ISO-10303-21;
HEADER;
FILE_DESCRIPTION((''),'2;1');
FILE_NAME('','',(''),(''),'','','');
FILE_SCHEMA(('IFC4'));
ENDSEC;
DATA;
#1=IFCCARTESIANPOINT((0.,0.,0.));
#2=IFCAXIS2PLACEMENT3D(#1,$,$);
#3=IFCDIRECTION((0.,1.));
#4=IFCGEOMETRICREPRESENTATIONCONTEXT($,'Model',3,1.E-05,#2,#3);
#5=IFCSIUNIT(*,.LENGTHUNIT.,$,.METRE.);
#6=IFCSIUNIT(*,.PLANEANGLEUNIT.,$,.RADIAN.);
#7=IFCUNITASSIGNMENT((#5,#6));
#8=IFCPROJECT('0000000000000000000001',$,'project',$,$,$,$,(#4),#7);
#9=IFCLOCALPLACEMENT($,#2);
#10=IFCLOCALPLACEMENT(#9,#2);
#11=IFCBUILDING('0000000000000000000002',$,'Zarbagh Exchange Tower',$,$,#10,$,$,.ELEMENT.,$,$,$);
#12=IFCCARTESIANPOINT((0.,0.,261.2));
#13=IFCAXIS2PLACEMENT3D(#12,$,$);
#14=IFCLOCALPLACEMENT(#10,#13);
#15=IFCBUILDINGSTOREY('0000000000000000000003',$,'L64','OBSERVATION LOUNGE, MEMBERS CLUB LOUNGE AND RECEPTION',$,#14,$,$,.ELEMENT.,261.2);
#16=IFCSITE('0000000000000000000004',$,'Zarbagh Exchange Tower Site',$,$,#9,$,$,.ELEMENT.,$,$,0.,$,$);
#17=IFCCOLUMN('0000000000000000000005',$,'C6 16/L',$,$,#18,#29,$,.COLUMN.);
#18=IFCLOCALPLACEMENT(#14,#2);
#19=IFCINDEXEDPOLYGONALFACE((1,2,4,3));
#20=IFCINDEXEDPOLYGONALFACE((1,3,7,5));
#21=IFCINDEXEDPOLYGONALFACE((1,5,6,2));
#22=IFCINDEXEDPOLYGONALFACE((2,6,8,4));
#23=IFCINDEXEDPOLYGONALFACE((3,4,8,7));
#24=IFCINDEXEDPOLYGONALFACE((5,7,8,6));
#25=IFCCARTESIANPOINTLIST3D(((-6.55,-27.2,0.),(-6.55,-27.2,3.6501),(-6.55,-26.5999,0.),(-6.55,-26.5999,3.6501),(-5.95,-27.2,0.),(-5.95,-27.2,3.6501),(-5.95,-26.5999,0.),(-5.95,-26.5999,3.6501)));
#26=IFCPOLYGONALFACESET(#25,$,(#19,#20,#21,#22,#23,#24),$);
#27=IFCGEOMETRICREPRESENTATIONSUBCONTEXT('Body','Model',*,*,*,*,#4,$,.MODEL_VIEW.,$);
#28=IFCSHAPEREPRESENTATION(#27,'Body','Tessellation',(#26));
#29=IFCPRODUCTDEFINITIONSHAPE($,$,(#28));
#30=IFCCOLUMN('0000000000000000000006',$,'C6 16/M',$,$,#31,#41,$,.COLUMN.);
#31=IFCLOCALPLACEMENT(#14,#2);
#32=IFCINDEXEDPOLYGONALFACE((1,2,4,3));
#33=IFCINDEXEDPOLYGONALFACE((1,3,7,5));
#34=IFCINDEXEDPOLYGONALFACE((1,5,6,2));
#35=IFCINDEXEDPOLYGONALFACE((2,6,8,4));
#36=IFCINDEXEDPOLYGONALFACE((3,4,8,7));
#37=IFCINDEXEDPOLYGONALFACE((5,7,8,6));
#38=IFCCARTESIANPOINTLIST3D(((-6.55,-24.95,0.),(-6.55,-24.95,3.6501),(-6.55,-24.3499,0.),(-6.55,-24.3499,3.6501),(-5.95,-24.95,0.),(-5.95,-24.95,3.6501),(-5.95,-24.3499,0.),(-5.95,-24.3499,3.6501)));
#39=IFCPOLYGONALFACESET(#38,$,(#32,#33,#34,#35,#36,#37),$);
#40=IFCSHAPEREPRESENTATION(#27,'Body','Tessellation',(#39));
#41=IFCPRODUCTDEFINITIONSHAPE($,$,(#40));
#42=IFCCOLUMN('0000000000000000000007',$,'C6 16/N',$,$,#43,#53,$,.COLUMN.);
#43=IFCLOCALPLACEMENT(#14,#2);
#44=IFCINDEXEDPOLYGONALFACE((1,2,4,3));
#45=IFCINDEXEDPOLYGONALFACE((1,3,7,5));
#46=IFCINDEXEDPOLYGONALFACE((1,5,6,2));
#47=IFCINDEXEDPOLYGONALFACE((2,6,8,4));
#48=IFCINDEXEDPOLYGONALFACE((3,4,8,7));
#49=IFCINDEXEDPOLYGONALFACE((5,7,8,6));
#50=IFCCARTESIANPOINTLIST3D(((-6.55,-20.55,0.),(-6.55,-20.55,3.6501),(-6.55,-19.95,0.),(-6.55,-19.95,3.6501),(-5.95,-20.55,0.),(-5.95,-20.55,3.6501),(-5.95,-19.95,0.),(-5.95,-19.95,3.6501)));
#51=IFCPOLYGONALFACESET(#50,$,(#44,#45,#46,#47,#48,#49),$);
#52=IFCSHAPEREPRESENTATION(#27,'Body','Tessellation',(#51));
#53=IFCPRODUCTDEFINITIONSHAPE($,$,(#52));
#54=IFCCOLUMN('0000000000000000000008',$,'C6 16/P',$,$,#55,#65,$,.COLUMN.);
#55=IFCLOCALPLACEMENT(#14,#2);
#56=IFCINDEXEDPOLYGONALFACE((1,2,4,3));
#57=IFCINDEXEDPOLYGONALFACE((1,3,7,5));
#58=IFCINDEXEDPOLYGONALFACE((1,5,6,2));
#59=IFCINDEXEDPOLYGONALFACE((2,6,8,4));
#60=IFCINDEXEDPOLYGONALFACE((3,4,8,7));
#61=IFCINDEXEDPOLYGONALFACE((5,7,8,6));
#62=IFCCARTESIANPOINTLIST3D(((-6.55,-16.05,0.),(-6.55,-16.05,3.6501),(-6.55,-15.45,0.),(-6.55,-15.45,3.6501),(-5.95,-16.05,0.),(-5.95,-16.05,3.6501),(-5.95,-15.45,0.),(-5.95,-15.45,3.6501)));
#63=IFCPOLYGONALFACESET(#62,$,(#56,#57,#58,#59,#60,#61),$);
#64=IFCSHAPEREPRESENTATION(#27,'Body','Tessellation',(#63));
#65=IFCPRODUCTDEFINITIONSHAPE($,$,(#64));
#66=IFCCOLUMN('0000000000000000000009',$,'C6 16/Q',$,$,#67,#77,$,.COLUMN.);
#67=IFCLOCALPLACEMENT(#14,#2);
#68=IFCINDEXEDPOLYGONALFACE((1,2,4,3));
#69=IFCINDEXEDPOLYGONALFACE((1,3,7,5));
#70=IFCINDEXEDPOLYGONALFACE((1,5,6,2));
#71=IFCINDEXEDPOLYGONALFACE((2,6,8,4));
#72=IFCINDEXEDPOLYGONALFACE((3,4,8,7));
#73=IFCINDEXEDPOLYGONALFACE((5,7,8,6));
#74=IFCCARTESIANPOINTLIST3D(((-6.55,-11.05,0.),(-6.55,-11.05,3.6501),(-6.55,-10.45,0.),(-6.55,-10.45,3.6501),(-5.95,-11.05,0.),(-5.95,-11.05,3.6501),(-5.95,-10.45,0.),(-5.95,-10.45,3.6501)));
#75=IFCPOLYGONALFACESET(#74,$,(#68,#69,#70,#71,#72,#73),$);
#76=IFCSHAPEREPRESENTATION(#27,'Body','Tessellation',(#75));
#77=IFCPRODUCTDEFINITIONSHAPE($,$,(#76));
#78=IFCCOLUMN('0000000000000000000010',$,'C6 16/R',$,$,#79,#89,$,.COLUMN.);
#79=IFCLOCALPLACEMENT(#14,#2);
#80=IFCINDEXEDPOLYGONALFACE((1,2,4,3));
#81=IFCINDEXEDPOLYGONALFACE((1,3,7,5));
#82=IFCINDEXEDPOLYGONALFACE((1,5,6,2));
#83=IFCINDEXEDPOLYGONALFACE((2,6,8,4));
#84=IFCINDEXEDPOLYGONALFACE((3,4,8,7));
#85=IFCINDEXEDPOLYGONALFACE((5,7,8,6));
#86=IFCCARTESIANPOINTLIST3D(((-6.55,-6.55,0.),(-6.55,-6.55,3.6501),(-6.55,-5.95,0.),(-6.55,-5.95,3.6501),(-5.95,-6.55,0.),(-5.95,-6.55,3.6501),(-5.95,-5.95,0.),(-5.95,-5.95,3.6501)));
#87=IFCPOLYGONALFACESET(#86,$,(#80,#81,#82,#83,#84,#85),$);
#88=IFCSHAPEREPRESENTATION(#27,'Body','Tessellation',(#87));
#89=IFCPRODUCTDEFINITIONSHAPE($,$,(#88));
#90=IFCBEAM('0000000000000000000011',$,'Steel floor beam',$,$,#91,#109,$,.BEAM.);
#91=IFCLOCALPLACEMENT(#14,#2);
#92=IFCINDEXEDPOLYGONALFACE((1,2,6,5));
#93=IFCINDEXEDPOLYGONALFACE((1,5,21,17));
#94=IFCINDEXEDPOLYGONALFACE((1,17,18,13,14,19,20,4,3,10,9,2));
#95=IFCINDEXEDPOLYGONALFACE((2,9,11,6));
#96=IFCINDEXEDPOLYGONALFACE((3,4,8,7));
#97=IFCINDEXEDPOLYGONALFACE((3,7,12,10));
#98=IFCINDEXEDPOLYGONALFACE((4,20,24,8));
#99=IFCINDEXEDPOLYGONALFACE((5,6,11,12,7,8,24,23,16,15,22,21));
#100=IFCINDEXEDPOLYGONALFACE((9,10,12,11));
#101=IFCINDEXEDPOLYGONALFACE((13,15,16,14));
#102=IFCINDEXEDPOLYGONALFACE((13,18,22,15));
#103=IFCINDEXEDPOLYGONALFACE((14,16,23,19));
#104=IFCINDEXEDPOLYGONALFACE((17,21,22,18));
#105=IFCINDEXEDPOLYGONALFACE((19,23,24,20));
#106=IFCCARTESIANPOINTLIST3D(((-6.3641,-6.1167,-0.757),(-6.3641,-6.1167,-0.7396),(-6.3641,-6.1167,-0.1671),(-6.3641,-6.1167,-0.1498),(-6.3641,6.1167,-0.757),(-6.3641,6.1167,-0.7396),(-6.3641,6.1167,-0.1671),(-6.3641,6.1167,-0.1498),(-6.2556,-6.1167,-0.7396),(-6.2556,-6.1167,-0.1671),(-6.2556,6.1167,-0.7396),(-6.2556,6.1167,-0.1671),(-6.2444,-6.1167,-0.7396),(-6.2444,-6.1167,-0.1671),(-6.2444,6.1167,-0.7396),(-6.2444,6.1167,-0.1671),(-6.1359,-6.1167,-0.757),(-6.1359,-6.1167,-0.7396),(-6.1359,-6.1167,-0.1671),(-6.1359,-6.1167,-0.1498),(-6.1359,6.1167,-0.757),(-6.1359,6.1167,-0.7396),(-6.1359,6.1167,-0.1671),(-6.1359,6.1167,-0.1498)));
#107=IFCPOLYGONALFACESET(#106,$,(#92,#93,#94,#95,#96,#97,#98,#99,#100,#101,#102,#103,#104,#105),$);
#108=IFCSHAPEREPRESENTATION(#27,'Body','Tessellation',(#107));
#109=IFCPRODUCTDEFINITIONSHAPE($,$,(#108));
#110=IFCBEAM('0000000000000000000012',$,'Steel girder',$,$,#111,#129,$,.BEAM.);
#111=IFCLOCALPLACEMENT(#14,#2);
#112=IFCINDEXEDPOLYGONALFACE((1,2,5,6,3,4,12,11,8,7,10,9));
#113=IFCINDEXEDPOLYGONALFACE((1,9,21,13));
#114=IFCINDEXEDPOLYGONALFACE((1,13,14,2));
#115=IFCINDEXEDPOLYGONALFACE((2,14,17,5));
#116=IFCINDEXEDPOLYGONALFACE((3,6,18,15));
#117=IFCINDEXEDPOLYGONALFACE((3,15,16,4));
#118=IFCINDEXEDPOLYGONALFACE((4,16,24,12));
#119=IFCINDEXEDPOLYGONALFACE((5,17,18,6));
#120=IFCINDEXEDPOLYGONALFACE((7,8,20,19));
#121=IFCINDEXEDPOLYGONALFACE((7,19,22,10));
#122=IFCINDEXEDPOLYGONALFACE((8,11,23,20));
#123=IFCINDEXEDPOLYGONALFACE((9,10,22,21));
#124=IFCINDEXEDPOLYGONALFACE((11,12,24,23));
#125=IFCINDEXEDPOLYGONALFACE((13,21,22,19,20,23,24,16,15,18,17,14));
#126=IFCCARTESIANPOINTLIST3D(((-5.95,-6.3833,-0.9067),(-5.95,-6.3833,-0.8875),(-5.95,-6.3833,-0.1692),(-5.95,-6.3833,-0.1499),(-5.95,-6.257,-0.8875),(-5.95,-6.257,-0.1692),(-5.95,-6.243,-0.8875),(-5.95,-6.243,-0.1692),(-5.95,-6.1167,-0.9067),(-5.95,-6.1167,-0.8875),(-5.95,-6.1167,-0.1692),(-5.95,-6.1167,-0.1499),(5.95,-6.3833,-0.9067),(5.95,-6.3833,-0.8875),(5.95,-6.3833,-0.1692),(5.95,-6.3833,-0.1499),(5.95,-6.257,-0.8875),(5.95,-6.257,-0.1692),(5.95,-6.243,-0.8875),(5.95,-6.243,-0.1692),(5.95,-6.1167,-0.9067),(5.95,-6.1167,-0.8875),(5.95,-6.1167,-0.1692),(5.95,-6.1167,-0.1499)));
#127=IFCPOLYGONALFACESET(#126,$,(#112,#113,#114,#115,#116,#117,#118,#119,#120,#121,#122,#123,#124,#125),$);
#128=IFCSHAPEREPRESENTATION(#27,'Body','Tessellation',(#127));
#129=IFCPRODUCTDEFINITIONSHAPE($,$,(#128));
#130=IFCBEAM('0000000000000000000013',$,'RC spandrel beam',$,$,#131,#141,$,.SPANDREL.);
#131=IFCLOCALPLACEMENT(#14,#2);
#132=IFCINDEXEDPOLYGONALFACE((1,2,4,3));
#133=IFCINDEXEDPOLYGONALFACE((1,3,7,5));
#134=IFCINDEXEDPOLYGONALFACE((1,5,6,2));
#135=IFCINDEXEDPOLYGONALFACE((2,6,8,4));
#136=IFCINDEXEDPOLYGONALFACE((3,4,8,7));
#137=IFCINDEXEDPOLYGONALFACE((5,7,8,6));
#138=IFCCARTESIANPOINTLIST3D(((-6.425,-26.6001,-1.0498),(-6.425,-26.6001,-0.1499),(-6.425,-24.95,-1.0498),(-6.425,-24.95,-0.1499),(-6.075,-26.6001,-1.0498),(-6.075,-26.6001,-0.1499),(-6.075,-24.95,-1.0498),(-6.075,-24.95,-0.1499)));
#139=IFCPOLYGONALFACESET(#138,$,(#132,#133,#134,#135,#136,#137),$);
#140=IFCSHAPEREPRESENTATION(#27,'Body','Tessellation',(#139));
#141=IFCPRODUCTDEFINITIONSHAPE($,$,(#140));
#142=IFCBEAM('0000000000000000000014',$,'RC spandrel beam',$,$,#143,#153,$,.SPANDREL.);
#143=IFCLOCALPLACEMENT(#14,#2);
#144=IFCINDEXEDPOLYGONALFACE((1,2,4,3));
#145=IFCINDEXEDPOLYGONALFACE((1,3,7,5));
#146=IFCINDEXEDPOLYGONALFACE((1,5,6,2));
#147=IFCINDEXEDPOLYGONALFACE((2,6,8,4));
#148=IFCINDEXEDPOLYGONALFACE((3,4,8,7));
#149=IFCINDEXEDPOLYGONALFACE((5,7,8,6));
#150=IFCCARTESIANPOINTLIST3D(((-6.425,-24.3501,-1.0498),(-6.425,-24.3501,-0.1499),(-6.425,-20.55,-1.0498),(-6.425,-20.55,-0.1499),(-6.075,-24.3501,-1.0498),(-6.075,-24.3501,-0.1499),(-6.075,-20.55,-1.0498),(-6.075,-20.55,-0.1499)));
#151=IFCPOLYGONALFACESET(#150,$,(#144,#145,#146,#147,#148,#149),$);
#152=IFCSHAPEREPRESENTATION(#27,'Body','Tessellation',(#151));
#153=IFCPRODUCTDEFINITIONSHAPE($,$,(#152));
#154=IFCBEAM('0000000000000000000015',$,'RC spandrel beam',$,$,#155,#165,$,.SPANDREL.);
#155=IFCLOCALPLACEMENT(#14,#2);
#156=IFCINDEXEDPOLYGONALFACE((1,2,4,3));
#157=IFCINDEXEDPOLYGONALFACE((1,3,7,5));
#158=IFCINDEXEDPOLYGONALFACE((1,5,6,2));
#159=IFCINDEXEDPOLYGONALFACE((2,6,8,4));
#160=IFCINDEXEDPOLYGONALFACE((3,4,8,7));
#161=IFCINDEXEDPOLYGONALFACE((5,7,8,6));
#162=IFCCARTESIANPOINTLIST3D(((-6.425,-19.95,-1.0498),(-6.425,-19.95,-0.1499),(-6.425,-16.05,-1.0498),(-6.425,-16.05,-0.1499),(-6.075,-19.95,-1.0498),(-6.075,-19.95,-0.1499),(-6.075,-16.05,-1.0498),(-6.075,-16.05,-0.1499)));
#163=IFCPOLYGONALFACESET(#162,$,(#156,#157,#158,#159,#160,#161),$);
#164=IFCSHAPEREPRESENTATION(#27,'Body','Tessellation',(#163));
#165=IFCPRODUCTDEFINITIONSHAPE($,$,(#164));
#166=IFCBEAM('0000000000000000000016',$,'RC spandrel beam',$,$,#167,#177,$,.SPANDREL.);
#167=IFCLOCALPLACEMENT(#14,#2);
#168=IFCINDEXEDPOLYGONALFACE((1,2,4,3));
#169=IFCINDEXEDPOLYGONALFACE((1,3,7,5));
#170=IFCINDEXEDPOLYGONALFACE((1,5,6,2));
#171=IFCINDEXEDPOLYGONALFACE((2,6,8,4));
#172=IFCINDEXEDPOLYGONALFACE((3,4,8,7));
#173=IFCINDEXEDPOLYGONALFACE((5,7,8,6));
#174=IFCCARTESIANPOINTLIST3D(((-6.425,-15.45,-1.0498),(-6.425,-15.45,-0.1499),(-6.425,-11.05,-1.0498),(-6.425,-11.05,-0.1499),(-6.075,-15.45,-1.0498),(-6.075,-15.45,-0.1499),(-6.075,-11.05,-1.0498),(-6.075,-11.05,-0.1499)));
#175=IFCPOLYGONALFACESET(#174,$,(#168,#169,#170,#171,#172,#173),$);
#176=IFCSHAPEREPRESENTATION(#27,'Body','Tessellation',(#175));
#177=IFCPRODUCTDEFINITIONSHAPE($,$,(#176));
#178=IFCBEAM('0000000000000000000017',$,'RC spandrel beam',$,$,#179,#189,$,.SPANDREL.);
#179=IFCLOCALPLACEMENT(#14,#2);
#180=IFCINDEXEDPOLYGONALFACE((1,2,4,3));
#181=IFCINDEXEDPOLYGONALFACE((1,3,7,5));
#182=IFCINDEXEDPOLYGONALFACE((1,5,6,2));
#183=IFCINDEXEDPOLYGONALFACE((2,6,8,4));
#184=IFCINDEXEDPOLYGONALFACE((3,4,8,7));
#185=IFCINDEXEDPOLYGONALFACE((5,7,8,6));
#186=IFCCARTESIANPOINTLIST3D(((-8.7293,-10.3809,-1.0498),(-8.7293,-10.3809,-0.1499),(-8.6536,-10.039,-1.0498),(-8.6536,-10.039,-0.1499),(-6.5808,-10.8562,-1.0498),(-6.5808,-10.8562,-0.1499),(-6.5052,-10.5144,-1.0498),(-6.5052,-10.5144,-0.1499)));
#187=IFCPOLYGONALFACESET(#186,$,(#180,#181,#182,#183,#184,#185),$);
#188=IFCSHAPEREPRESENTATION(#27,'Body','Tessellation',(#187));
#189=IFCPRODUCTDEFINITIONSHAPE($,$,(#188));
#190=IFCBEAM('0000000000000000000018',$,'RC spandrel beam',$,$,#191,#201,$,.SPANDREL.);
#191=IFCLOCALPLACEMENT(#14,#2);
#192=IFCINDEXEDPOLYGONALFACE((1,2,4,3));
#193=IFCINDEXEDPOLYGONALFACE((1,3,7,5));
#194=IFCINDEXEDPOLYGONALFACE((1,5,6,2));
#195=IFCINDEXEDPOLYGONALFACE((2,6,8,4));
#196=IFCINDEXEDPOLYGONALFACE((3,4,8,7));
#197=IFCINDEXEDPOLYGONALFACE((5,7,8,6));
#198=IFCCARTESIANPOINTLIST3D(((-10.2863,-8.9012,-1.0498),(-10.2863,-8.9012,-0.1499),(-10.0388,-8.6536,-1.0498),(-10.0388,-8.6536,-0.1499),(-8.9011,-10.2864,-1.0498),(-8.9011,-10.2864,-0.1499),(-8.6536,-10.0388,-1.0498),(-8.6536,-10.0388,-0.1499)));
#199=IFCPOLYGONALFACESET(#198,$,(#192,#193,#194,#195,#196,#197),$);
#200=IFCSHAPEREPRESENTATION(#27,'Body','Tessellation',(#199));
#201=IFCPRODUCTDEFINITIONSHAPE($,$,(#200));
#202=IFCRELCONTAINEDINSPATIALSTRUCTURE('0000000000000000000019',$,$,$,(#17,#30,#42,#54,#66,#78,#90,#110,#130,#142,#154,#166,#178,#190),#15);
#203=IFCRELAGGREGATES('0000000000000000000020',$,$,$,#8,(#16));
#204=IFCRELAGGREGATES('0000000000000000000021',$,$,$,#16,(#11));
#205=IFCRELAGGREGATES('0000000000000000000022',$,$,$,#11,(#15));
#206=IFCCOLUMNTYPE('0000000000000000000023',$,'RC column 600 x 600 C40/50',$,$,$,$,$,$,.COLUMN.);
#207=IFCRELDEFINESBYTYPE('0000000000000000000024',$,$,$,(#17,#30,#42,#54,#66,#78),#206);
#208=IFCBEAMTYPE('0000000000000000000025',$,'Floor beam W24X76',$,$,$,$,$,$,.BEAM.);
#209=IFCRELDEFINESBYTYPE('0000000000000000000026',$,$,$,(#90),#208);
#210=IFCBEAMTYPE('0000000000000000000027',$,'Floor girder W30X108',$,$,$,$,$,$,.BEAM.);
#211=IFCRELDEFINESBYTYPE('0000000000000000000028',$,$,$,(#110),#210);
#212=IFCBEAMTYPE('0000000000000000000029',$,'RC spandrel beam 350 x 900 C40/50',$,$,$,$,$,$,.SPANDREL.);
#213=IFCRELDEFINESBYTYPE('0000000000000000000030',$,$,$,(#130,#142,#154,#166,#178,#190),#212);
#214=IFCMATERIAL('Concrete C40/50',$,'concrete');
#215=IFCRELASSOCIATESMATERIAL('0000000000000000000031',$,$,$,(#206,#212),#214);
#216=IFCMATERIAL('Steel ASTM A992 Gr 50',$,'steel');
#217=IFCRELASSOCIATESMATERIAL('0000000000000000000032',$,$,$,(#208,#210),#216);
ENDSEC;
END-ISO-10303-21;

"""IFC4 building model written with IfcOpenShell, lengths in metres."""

from ifc_helpers import new_model, si_unit, direction, frame, origin, origin_2d, place, context, subcontext, project, spatial, rectangle, i_section, extrude, material, material_profile, profile_set, type_object, element, save


model = new_model("IFC4")

# Units and contexts
model_context = context("Model", 3, precision=1e-05, world=origin(), true_north=direction((0.0, 1.0)))
body_context = subcontext(model_context, "Body", "Model", "MODEL_VIEW")
ifc_project = project(units=[si_unit("LENGTHUNIT", "METRE"), si_unit("PLANEANGLEUNIT", "RADIAN")], contexts=[model_context])

# Site, building, storey
site_placement = place(None, origin())
site = spatial("IfcSite", under=ifc_project, at=site_placement, Name="Zarbagh Exchange Tower Site", CompositionType="ELEMENT", RefElevation=0.0)
building_placement = place(site_placement, origin())
building = spatial("IfcBuilding", under=site, at=building_placement, Name="Zarbagh Exchange Tower", CompositionType="ELEMENT")
storey_placement = place(building_placement, frame((0.0, 0.0, 261.2)))
storey = spatial("IfcBuildingStorey", under=building, at=storey_placement, Name="L64", Description="OBSERVATION LOUNGE, MEMBERS CLUB LOUNGE AND RECEPTION", CompositionType="ELEMENT", Elevation=261.2)

# Columns
ifc_material_1 = material(Name="Concrete C40/50", Category="concrete")
ifc_material_profile_1 = material_profile(ifc_material_1, rectangle(XDim=0.6001, YDim=0.6001, at=origin_2d()), Name="RC column 600 x 600 C40/50")
ifc_profile_set_1 = profile_set([ifc_material_profile_1], Name="Concrete C40/50")
column_type = type_object("IfcColumnType", Name="RC column 600 x 600 C40/50", PredefinedType="COLUMN", material=ifc_profile_set_1)
for number, where, z_axis, x_axis, name in (
    (1, (-6.25, -26.8999, 0.0), (0.0, 0.0, 1.0), (1.0, 0.0, 0.0), "C6 16/L"),
    (2, (-6.25, -24.6499, 0.0), (0.0, 0.0, 1.0), (1.0, 0.0, 0.0), "C6 16/M"),
    (3, (-6.25, -20.25, 0.0), (0.0, 0.0, 1.0), (1.0, 0.0, 0.0), "C6 16/N"),
    (4, (-6.25, -15.75, 0.0), (0.0, 0.0, 1.0), (1.0, 0.0, 0.0), "C6 16/P"),
    (5, (-6.25, -10.75, 0.0), (0.0, 0.0, 1.0), (1.0, 0.0, 0.0), "C6 16/Q"),
    (6, (-6.25, -6.25, 0.0), (0.0, 0.0, 1.0), (1.0, 0.0, 0.0), "C6 16/R"),
):
    element("IfcColumn", number, at=place(storey_placement, frame(where, z_axis=z_axis, x_axis=x_axis)), inside=storey, type_object=column_type, Name=name, PredefinedType="COLUMN", context=body_context, shape_type="SweptSolid", body=[
        extrude(rectangle(XDim=0.6001, YDim=0.6001, at=origin_2d()), origin(), (0.0, 0.0, 1.0), 3.6501),
    ])

# Beams
ifc_material_2 = material(Name="Steel ASTM A992 Gr 50", Category="steel")
ifc_material_profile_2 = material_profile(ifc_material_2, i_section(OverallWidth=0.2283, OverallDepth=0.6072, WebThickness=0.0112, FlangeThickness=0.0173, at=origin_2d()), Name="W24X76")
ifc_profile_set_2 = profile_set([ifc_material_profile_2], Name="Steel ASTM A992 Gr 50")
beam_type_1 = type_object("IfcBeamType", Name="Floor beam W24X76", PredefinedType="BEAM", material=ifc_profile_set_2)
beam_1_placement = place(storey_placement, frame((-6.25, -6.1167, -0.4534), z_axis=(0.0, 1.0, 0.0), x_axis=(-1.0, 0.0, 0.0)))
element("IfcBeam", 7, at=beam_1_placement, inside=storey, type_object=beam_type_1, Name="Steel floor beam", PredefinedType="BEAM", context=body_context, shape_type="SweptSolid", body=[
    extrude(i_section(OverallWidth=0.2283, OverallDepth=0.6072, WebThickness=0.0112, FlangeThickness=0.0173, at=origin_2d()), origin(), (0.0, 0.0, 1.0), 12.2334),
])
ifc_material_profile_3 = material_profile(ifc_material_2, i_section(OverallWidth=0.2666, OverallDepth=0.7568, WebThickness=0.0139, FlangeThickness=0.0193, at=origin_2d()), Name="W30X108")
ifc_profile_set_3 = profile_set([ifc_material_profile_3], Name="Steel ASTM A992 Gr 50")
beam_type_2 = type_object("IfcBeamType", Name="Floor girder W30X108", PredefinedType="BEAM", material=ifc_profile_set_3)
beam_2_placement = place(storey_placement, frame((-5.95, -6.25, -0.5283), z_axis=(1.0, 0.0, 0.0), x_axis=(0.0, 1.0, 0.0)))
element("IfcBeam", 8, at=beam_2_placement, inside=storey, type_object=beam_type_2, Name="Steel girder", PredefinedType="BEAM", context=body_context, shape_type="SweptSolid", body=[
    extrude(i_section(OverallWidth=0.2666, OverallDepth=0.7568, WebThickness=0.0139, FlangeThickness=0.0193, at=origin_2d()), origin(), (0.0, 0.0, 1.0), 11.8999),
])
ifc_material_profile_4 = material_profile(ifc_material_1, rectangle(XDim=0.3501, YDim=0.8999, at=origin_2d()), Name="RC spandrel beam 350 x 900 C40/50")
ifc_profile_set_4 = profile_set([ifc_material_profile_4], Name="Concrete C40/50")
beam_type_3 = type_object("IfcBeamType", Name="RC spandrel beam 350 x 900 C40/50", PredefinedType="SPANDREL", material=ifc_profile_set_4)
beam_3_placement = place(storey_placement, frame((-6.25, -26.6001, -0.5999), z_axis=(0.0, 1.0, 0.0), x_axis=(-1.0, 0.0, 0.0)))
element("IfcBeam", 9, at=beam_3_placement, inside=storey, type_object=beam_type_3, Name="RC spandrel beam", PredefinedType="SPANDREL", context=body_context, shape_type="SweptSolid", body=[
    extrude(rectangle(XDim=0.3501, YDim=0.8999, at=origin_2d()), origin(), (0.0, 0.0, 1.0), 1.6501),
])
beam_4_placement = place(storey_placement, frame((-6.25, -24.3501, -0.5999), z_axis=(0.0, 1.0, 0.0), x_axis=(-1.0, 0.0, 0.0)))
element("IfcBeam", 10, at=beam_4_placement, inside=storey, type_object=beam_type_3, Name="RC spandrel beam", PredefinedType="SPANDREL", context=body_context, shape_type="SweptSolid", body=[
    extrude(rectangle(XDim=0.3501, YDim=0.8999, at=origin_2d()), origin(), (0.0, 0.0, 1.0), 3.8),
])
beam_5_placement = place(storey_placement, frame((-6.25, -19.95, -0.5999), z_axis=(0.0, 1.0, 0.0), x_axis=(-1.0, 0.0, 0.0)))
element("IfcBeam", 11, at=beam_5_placement, inside=storey, type_object=beam_type_3, Name="RC spandrel beam", PredefinedType="SPANDREL", context=body_context, shape_type="SweptSolid", body=[
    extrude(rectangle(XDim=0.3501, YDim=0.8999, at=origin_2d()), origin(), (0.0, 0.0, 1.0), 3.8999),
])
beam_6_placement = place(storey_placement, frame((-6.25, -15.45, -0.5999), z_axis=(0.0, 1.0, 0.0), x_axis=(-1.0, 0.0, 0.0)))
element("IfcBeam", 12, at=beam_6_placement, inside=storey, type_object=beam_type_3, Name="RC spandrel beam", PredefinedType="SPANDREL", context=body_context, shape_type="SweptSolid", body=[
    extrude(rectangle(XDim=0.3501, YDim=0.8999, at=origin_2d()), origin(), (0.0, 0.0, 1.0), 4.3999),
])
beam_7_placement = place(storey_placement, frame((-6.543, -10.6853, -0.5999), z_axis=(-0.976388, 0.216026, 0.0), x_axis=(-0.216026, -0.976388, 0.0)))
element("IfcBeam", 13, at=beam_7_placement, inside=storey, type_object=beam_type_3, Name="RC spandrel beam", PredefinedType="SPANDREL", context=body_context, shape_type="SweptSolid", body=[
    extrude(rectangle(XDim=0.3501, YDim=0.8999, at=origin_2d()), origin(), (0.0, 0.0, 1.0), 2.2004),
])
beam_8_placement = place(storey_placement, frame((-8.7773, -10.1626, -0.5999), z_axis=(-0.707107, 0.707107, 0.0), x_axis=(-0.707107, -0.707107, 0.0)))
element("IfcBeam", 14, at=beam_8_placement, inside=storey, type_object=beam_type_3, Name="RC spandrel beam", PredefinedType="SPANDREL", context=body_context, shape_type="SweptSolid", body=[
    extrude(rectangle(XDim=0.3501, YDim=0.8999, at=origin_2d()), origin(), (0.0, 0.0, 1.0), 1.959),
])

save(model, "model.ifc")
